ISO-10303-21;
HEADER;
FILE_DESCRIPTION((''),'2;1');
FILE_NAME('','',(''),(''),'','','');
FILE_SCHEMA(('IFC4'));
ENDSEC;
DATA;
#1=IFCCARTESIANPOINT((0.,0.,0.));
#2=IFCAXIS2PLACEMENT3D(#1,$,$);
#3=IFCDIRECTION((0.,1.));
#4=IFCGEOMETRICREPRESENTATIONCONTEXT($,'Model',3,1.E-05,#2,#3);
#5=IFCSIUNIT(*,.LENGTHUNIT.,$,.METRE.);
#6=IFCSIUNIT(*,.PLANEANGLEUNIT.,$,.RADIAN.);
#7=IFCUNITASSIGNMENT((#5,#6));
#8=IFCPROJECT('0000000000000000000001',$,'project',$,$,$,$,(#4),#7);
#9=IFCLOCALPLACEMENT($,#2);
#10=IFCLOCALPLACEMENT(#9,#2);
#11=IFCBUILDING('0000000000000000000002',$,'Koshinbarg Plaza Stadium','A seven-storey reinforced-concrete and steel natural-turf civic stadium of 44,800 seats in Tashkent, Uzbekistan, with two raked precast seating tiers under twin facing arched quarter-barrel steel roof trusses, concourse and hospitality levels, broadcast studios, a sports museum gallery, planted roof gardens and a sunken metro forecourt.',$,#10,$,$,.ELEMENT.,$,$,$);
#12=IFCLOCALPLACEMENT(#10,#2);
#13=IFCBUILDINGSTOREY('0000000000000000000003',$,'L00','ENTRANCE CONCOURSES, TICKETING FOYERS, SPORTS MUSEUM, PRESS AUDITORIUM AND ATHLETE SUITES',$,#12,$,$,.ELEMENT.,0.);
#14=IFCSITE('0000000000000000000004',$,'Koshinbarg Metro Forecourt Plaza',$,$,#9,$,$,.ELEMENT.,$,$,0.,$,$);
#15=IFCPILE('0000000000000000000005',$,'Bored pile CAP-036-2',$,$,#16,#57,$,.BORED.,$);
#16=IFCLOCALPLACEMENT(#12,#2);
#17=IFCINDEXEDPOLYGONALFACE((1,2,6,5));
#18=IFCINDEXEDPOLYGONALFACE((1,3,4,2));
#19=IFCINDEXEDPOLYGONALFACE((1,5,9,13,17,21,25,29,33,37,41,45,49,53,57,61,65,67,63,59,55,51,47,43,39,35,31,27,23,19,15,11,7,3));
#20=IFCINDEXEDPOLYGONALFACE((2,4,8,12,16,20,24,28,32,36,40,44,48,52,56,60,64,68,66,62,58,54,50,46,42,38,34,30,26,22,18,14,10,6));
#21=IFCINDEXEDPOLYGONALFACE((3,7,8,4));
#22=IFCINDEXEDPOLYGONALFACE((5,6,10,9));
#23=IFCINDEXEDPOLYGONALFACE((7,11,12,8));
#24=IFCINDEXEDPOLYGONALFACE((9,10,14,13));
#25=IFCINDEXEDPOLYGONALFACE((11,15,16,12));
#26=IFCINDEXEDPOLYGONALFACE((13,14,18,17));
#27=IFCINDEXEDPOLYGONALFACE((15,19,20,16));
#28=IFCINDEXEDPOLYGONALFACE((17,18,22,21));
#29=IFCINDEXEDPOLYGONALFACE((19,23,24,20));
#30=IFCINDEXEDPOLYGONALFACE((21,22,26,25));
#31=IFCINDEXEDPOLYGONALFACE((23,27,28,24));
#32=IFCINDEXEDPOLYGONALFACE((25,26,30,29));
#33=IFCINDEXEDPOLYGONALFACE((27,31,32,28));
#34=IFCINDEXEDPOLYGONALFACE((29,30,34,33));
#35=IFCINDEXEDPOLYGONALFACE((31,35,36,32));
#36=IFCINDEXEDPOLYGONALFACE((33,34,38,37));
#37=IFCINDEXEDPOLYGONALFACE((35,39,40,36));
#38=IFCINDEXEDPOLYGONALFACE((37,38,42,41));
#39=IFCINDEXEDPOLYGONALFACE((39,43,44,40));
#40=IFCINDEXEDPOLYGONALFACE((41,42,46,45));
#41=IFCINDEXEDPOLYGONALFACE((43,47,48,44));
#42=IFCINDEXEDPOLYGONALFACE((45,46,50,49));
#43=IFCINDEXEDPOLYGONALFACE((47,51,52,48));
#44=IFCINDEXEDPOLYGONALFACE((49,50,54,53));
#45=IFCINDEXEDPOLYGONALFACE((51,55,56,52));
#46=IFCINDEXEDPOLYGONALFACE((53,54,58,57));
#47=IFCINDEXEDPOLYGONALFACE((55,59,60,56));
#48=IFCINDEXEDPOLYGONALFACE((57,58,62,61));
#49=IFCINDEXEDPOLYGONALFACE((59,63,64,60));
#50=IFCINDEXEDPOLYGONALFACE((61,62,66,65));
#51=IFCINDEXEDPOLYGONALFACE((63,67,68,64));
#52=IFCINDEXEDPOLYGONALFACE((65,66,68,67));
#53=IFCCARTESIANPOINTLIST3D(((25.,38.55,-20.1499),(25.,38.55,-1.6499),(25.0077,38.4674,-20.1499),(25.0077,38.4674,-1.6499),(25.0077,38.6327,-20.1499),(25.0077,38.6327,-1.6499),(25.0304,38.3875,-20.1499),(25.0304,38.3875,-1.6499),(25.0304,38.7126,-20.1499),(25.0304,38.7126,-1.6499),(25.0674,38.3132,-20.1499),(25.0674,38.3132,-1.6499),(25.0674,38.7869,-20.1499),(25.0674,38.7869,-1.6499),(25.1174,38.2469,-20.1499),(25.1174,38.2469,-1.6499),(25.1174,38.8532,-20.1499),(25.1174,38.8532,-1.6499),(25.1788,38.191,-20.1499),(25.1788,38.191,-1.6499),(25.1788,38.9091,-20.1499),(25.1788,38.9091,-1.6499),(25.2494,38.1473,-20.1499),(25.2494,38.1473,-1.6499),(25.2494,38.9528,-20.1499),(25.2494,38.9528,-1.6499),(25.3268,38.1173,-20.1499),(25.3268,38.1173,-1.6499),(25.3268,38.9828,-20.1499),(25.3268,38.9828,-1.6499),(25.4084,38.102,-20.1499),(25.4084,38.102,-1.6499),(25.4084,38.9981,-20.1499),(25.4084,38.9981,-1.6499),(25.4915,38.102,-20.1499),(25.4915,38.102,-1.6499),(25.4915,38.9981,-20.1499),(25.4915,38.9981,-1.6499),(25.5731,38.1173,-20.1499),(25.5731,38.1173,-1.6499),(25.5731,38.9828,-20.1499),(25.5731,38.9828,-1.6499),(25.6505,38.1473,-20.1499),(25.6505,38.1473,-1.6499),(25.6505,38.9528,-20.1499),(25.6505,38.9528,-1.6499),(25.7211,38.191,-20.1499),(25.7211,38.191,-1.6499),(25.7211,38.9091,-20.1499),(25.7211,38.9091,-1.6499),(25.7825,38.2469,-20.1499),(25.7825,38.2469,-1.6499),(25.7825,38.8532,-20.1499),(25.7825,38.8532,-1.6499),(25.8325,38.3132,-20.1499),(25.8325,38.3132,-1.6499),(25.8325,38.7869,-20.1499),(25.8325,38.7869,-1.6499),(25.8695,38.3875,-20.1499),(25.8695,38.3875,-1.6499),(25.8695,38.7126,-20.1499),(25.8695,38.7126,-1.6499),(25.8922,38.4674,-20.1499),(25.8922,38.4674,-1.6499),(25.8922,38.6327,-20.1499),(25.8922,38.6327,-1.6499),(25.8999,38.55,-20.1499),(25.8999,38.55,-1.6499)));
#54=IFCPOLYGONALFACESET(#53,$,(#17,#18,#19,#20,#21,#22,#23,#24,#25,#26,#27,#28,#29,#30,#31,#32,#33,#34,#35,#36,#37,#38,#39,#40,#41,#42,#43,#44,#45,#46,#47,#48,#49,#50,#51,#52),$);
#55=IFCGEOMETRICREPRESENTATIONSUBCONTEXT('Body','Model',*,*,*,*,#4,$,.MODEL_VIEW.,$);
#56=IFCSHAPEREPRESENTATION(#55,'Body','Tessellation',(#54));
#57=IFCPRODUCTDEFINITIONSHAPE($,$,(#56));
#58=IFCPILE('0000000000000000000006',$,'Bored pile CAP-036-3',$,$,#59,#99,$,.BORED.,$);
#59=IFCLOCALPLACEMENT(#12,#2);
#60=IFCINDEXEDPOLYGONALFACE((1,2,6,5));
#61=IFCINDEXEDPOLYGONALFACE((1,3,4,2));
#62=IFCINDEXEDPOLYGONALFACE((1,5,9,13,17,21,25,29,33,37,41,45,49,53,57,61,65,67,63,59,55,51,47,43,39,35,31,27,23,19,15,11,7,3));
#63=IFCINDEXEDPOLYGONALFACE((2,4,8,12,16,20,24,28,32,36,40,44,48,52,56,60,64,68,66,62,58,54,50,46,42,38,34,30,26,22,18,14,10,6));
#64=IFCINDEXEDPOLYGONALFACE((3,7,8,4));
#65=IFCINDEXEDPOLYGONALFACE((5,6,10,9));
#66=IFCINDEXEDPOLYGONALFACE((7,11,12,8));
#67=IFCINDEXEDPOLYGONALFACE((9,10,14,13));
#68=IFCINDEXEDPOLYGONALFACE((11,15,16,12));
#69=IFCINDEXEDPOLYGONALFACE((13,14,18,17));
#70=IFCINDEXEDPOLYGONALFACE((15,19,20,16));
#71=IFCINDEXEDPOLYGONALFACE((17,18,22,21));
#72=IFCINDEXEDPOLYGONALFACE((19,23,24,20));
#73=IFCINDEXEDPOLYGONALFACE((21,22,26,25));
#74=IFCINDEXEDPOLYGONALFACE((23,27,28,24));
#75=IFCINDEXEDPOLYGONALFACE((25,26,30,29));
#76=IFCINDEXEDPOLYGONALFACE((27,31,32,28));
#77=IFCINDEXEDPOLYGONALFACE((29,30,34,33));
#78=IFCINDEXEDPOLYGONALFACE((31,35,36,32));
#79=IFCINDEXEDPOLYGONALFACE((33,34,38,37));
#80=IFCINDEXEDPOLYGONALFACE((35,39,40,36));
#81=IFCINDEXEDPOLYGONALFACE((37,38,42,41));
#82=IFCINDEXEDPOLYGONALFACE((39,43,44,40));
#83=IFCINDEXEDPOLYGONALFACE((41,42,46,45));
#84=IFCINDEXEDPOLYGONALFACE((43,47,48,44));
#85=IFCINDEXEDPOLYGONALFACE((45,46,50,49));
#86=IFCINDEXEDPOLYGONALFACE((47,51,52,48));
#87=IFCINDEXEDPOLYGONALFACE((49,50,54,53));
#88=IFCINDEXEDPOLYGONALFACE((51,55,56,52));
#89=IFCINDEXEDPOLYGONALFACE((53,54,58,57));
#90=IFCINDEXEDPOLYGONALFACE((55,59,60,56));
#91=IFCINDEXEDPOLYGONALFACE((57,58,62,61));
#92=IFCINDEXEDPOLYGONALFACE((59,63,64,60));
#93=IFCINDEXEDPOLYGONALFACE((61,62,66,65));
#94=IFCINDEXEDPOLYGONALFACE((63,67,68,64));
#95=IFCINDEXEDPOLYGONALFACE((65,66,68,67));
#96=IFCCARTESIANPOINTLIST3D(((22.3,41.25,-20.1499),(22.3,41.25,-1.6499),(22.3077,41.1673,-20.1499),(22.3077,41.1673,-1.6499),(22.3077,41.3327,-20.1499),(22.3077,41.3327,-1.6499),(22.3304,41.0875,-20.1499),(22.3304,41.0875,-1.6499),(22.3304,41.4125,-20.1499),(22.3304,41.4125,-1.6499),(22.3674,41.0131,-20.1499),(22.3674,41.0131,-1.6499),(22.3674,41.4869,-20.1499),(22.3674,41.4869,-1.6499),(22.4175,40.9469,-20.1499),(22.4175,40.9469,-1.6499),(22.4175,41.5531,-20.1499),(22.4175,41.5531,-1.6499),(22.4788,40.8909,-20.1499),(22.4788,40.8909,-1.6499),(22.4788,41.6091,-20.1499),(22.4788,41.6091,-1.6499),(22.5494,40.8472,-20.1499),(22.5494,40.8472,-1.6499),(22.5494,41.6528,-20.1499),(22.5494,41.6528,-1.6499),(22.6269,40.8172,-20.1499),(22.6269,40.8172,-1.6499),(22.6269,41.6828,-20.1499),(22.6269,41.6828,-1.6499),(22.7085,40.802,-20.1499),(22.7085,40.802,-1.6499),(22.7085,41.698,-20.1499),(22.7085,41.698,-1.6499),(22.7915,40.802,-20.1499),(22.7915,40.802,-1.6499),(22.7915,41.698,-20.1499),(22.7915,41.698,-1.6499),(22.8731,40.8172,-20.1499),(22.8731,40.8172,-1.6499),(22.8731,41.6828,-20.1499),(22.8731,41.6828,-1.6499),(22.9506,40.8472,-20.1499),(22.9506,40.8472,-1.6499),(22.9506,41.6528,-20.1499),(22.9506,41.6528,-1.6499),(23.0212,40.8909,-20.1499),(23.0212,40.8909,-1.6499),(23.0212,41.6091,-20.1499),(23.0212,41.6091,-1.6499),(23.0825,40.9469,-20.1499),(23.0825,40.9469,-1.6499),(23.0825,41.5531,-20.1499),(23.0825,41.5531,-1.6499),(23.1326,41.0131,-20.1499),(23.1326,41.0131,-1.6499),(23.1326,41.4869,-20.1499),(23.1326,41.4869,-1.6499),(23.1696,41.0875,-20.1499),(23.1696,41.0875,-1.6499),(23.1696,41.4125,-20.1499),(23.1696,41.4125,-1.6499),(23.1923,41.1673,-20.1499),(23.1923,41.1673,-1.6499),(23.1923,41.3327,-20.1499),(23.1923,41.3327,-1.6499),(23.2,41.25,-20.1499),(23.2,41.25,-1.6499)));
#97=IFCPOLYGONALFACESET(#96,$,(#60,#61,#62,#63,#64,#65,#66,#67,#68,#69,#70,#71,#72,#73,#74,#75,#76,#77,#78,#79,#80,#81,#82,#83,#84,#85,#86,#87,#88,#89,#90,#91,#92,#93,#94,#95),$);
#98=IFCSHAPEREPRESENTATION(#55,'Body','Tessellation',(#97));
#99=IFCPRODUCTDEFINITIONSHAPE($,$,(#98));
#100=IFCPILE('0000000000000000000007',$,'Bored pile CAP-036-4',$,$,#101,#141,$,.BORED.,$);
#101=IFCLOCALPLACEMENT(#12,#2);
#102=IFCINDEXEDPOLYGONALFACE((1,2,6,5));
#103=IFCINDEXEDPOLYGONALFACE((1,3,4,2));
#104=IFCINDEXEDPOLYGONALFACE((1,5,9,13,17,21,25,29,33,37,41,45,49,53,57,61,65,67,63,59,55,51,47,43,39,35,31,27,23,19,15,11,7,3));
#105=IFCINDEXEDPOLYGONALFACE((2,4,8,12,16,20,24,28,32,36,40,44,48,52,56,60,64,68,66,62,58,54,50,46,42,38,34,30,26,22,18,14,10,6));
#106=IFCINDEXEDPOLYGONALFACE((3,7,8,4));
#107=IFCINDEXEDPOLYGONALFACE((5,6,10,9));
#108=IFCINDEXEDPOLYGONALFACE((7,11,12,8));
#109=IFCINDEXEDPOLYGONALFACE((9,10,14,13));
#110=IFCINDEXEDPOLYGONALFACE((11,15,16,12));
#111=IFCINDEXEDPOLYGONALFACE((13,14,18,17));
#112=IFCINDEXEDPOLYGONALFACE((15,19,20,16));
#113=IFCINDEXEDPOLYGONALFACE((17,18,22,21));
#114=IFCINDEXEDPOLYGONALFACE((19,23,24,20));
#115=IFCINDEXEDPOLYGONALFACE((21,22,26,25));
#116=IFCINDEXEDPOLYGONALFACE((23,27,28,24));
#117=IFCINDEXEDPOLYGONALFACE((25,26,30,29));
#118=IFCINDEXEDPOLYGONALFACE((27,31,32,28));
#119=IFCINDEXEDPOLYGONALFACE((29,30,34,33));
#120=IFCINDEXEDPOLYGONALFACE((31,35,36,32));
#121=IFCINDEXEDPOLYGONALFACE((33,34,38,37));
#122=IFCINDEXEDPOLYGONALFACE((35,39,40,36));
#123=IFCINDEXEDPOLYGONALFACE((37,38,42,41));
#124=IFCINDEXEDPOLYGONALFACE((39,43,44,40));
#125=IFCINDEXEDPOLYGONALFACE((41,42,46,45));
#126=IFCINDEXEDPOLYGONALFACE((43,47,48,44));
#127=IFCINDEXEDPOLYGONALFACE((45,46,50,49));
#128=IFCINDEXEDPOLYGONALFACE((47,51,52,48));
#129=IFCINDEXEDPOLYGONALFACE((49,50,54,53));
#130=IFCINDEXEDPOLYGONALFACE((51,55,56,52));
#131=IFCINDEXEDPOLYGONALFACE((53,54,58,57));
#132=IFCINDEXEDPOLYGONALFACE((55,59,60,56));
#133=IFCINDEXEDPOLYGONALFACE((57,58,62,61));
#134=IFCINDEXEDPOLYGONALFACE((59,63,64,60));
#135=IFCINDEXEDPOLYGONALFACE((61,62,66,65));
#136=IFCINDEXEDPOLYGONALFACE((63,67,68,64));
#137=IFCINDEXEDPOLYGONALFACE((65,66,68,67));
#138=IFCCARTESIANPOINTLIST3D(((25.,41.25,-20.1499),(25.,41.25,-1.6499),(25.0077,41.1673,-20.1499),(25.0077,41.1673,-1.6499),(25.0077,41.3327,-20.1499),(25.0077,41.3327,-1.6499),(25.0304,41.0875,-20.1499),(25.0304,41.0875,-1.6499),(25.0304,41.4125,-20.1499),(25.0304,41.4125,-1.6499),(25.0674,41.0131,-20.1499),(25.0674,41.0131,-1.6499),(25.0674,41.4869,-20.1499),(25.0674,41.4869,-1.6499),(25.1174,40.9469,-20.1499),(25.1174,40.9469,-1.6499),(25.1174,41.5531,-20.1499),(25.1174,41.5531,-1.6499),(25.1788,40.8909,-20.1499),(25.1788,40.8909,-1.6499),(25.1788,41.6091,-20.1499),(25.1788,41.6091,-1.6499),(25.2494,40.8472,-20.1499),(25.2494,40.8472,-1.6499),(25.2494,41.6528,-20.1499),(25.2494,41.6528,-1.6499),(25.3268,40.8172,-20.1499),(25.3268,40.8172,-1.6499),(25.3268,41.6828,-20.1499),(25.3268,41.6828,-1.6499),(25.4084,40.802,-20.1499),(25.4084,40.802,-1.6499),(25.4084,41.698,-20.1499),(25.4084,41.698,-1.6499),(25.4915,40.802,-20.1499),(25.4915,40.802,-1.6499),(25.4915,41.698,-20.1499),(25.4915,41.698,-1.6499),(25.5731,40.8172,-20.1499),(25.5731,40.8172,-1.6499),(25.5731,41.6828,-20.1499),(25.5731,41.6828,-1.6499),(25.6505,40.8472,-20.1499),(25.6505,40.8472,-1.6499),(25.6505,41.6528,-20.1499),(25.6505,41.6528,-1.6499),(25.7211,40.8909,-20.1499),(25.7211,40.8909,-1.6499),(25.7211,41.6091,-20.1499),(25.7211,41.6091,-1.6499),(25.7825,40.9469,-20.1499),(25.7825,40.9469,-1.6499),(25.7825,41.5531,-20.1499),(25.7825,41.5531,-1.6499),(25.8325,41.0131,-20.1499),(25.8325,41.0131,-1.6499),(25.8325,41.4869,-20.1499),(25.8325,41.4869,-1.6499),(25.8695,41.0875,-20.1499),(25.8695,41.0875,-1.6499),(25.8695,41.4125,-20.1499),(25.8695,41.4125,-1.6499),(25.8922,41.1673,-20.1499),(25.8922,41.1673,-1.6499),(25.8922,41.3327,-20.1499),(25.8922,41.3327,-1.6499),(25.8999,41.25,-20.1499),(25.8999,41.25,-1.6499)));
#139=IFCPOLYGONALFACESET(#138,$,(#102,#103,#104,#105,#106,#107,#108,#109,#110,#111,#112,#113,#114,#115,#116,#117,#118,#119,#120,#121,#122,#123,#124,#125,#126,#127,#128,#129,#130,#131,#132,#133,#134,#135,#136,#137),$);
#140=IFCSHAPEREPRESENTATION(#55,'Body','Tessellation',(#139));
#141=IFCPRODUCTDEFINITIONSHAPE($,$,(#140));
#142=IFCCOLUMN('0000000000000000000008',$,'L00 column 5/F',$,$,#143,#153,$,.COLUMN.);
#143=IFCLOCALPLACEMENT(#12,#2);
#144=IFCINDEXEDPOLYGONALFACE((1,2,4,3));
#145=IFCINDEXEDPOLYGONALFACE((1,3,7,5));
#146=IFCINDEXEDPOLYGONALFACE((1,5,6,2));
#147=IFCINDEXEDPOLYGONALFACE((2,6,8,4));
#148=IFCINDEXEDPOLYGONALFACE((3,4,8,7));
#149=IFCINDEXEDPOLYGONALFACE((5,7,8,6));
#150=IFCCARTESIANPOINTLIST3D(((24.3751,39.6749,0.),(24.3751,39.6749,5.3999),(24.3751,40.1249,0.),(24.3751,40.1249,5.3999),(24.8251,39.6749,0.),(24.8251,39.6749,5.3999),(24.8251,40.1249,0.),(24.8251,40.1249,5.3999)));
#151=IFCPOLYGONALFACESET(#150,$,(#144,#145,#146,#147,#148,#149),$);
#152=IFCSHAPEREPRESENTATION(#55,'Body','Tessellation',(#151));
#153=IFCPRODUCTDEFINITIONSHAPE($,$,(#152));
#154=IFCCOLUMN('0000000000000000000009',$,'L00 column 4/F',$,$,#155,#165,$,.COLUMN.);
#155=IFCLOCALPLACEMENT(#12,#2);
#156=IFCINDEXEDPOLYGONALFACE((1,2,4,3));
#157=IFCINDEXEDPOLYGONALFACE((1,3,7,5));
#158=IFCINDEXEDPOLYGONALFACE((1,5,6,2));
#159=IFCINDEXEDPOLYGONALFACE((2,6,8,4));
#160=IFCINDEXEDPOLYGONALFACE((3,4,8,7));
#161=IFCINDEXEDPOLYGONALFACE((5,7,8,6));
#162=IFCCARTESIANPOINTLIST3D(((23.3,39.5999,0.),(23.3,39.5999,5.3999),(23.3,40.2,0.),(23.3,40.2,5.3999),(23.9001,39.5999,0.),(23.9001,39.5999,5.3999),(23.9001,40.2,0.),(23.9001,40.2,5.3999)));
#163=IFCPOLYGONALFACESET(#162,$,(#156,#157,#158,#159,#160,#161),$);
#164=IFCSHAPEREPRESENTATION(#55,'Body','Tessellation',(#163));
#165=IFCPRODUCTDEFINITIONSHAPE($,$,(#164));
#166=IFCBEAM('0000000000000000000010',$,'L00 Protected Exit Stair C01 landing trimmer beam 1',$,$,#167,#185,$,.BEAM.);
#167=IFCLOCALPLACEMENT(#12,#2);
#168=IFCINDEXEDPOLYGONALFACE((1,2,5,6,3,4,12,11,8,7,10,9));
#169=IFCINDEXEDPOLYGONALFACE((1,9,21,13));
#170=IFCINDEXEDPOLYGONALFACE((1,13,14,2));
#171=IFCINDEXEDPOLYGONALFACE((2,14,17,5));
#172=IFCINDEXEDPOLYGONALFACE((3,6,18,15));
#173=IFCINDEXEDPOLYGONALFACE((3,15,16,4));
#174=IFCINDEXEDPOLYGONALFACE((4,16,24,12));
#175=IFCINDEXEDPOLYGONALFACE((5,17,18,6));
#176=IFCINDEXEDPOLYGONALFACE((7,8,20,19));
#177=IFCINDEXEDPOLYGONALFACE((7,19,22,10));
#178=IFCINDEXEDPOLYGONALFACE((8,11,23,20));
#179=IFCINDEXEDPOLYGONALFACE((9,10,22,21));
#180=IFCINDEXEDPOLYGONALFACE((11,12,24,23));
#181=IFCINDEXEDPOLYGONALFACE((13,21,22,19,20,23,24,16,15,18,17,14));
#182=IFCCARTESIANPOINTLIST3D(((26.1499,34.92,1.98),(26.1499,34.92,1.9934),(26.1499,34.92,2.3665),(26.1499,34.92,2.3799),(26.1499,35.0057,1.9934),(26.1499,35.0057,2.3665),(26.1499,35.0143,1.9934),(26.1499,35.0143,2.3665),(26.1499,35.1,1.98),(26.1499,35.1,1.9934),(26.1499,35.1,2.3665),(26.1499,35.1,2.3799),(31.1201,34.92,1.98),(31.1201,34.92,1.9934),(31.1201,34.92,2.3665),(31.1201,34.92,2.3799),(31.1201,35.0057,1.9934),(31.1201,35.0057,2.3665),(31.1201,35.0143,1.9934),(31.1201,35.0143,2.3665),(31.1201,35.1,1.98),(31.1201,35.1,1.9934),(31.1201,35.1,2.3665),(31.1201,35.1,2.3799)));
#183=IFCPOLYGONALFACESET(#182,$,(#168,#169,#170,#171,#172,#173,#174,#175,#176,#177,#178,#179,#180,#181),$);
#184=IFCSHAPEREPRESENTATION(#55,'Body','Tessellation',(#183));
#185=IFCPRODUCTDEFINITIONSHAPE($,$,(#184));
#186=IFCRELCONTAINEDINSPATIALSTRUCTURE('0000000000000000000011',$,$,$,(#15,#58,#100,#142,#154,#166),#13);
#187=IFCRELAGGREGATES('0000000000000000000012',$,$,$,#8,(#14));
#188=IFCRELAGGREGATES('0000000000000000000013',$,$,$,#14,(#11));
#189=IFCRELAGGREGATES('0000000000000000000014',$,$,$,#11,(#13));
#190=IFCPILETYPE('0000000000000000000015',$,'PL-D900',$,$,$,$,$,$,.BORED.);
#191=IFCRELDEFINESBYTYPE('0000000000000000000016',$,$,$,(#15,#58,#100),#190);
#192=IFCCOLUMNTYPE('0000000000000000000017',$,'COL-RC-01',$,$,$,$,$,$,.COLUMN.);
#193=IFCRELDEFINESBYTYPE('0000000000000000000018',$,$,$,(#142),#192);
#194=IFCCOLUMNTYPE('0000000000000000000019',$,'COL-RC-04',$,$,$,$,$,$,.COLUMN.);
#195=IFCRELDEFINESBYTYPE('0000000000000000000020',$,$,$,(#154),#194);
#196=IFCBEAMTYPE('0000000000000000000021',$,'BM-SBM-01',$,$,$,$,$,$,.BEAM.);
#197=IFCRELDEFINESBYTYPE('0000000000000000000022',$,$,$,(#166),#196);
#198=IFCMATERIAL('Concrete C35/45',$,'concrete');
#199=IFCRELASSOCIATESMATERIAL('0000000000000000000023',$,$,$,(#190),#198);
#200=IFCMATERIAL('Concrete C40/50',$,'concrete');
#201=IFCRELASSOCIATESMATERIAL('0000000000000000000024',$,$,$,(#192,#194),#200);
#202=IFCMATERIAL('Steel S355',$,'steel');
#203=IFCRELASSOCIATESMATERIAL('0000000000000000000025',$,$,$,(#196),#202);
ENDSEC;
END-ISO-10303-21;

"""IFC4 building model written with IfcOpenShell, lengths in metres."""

from ifc_helpers import new_model, si_unit, direction, frame, origin, origin_2d, place, context, subcontext, project, spatial, rectangle, circle, i_section, extrude, material, material_profile, profile_set, type_object, element, save


model = new_model("IFC4")

# Units and contexts
model_context = context("Model", 3, precision=1e-05, world=origin(), true_north=direction((0.0, 1.0)))
body_context = subcontext(model_context, "Body", "Model", "MODEL_VIEW")
ifc_project = project(units=[si_unit("LENGTHUNIT", "METRE"), si_unit("PLANEANGLEUNIT", "RADIAN")], contexts=[model_context])

# Site, building, storey
site_placement = place(None, origin())
site = spatial("IfcSite", under=ifc_project, at=site_placement, Name="Koshinbarg Metro Forecourt Plaza", CompositionType="ELEMENT", RefElevation=0.0)
building_placement = place(site_placement, origin())
building = spatial("IfcBuilding", under=site, at=building_placement, Name="Koshinbarg Plaza Stadium", Description="A seven-storey reinforced-concrete and steel natural-turf civic stadium of 44,800 seats in Tashkent, Uzbekistan, with two raked precast seating tiers under twin facing arched quarter-barrel steel roof trusses, concourse and hospitality levels, broadcast studios, a sports museum gallery, planted roof gardens and a sunken metro forecourt.", CompositionType="ELEMENT")
storey_placement = place(building_placement, origin())
storey = spatial("IfcBuildingStorey", under=building, at=storey_placement, Name="L00", Description="ENTRANCE CONCOURSES, TICKETING FOYERS, SPORTS MUSEUM, PRESS AUDITORIUM AND ATHLETE SUITES", CompositionType="ELEMENT", Elevation=0.0)

# Shared definitions
ifc_material_1 = material(Name="Concrete C35/45", Category="concrete")

# Piles
ifc_material_profile_1 = material_profile(ifc_material_1, circle(Radius=0.45, at=origin_2d()), Name="PILE D900")
ifc_profile_set_1 = profile_set([ifc_material_profile_1], Name="Concrete C35/45")
pile_type_1 = type_object("IfcPileType", Name="PL-D900", PredefinedType="BORED", material=ifc_profile_set_1)
for number, where, z_axis, x_axis, name in (
    (1, (25.45, 38.55, -1.6499), (0.0, 0.0, -1.0), (1.0, 0.0, 0.0), "Bored pile CAP-036-2"),
    (2, (22.75, 41.25, -1.6499), (0.0, 0.0, -1.0), (1.0, 0.0, 0.0), "Bored pile CAP-036-3"),
    (3, (25.45, 41.25, -1.6499), (0.0, 0.0, -1.0), (1.0, 0.0, 0.0), "Bored pile CAP-036-4"),
):
    element("IfcPile", number, at=place(storey_placement, frame(where, z_axis=z_axis, x_axis=x_axis)), inside=storey, type_object=pile_type_1, Name=name, PredefinedType="BORED", context=body_context, shape_type="SweptSolid", body=[
        extrude(circle(Radius=0.45, at=origin_2d()), origin(), (0.0, 0.0, 1.0), 18.5),
    ])

# Columns
ifc_material_2 = material(Name="Concrete C40/50", Category="concrete")
ifc_material_profile_2 = material_profile(ifc_material_2, rectangle(XDim=0.45, YDim=0.45, at=origin_2d()), Name="RC 450x450")
ifc_profile_set_2 = profile_set([ifc_material_profile_2], Name="Concrete C40/50")
column_type_1 = type_object("IfcColumnType", Name="COL-RC-01", PredefinedType="COLUMN", material=ifc_profile_set_2)
column_1_placement = place(storey_placement, frame((24.6001, 39.8999, 0.0), z_axis=(0.0, 0.0, 1.0), x_axis=(1.0, 0.0, 0.0)))
element("IfcColumn", 4, at=column_1_placement, inside=storey, type_object=column_type_1, Name="L00 column 5/F", PredefinedType="COLUMN", context=body_context, shape_type="SweptSolid", body=[
    extrude(rectangle(XDim=0.45, YDim=0.45, at=origin_2d()), origin(), (0.0, 0.0, 1.0), 5.3999),
])
ifc_material_profile_3 = material_profile(ifc_material_2, rectangle(XDim=0.6001, YDim=0.6001, at=origin_2d()), Name="RC 600x600")
ifc_profile_set_3 = profile_set([ifc_material_profile_3], Name="Concrete C40/50")
column_type_2 = type_object("IfcColumnType", Name="COL-RC-04", PredefinedType="COLUMN", material=ifc_profile_set_3)
column_2_placement = place(storey_placement, frame((23.6001, 39.8999, 0.0), z_axis=(0.0, 0.0, 1.0), x_axis=(1.0, 0.0, 0.0)))
element("IfcColumn", 5, at=column_2_placement, inside=storey, type_object=column_type_2, Name="L00 column 4/F", PredefinedType="COLUMN", context=body_context, shape_type="SweptSolid", body=[
    extrude(rectangle(XDim=0.6001, YDim=0.6001, at=origin_2d()), origin(), (0.0, 0.0, 1.0), 5.3999),
])

# Beam
ifc_material_3 = material(Name="Steel S355", Category="steel")
ifc_material_profile_4 = material_profile(ifc_material_3, i_section(OverallWidth=0.1799, OverallDepth=0.3999, WebThickness=0.0085, FlangeThickness=0.0134, at=origin_2d()), Name="IPE 400")
ifc_profile_set_4 = profile_set([ifc_material_profile_4], Name="Steel S355")
beam_type = type_object("IfcBeamType", Name="BM-SBM-01", PredefinedType="BEAM", material=ifc_profile_set_4)
for number, where, z_axis, x_axis, name in (
    (6, (26.1499, 35.01, 2.1799), (1.0, 0.0, 0.0), (0.0, 1.0, 0.0), "L00 Protected Exit Stair C01 landing trimmer beam 1"),
):
    element("IfcBeam", number, at=place(storey_placement, frame(where, z_axis=z_axis, x_axis=x_axis)), inside=storey, type_object=beam_type, Name=name, PredefinedType="BEAM", context=body_context, shape_type="SweptSolid", body=[
        extrude(i_section(OverallWidth=0.1799, OverallDepth=0.3999, WebThickness=0.0085, FlangeThickness=0.0134, at=origin_2d()), origin(), (0.0, 0.0, 1.0), 4.9702),
    ])

save(model, "model.ifc")
